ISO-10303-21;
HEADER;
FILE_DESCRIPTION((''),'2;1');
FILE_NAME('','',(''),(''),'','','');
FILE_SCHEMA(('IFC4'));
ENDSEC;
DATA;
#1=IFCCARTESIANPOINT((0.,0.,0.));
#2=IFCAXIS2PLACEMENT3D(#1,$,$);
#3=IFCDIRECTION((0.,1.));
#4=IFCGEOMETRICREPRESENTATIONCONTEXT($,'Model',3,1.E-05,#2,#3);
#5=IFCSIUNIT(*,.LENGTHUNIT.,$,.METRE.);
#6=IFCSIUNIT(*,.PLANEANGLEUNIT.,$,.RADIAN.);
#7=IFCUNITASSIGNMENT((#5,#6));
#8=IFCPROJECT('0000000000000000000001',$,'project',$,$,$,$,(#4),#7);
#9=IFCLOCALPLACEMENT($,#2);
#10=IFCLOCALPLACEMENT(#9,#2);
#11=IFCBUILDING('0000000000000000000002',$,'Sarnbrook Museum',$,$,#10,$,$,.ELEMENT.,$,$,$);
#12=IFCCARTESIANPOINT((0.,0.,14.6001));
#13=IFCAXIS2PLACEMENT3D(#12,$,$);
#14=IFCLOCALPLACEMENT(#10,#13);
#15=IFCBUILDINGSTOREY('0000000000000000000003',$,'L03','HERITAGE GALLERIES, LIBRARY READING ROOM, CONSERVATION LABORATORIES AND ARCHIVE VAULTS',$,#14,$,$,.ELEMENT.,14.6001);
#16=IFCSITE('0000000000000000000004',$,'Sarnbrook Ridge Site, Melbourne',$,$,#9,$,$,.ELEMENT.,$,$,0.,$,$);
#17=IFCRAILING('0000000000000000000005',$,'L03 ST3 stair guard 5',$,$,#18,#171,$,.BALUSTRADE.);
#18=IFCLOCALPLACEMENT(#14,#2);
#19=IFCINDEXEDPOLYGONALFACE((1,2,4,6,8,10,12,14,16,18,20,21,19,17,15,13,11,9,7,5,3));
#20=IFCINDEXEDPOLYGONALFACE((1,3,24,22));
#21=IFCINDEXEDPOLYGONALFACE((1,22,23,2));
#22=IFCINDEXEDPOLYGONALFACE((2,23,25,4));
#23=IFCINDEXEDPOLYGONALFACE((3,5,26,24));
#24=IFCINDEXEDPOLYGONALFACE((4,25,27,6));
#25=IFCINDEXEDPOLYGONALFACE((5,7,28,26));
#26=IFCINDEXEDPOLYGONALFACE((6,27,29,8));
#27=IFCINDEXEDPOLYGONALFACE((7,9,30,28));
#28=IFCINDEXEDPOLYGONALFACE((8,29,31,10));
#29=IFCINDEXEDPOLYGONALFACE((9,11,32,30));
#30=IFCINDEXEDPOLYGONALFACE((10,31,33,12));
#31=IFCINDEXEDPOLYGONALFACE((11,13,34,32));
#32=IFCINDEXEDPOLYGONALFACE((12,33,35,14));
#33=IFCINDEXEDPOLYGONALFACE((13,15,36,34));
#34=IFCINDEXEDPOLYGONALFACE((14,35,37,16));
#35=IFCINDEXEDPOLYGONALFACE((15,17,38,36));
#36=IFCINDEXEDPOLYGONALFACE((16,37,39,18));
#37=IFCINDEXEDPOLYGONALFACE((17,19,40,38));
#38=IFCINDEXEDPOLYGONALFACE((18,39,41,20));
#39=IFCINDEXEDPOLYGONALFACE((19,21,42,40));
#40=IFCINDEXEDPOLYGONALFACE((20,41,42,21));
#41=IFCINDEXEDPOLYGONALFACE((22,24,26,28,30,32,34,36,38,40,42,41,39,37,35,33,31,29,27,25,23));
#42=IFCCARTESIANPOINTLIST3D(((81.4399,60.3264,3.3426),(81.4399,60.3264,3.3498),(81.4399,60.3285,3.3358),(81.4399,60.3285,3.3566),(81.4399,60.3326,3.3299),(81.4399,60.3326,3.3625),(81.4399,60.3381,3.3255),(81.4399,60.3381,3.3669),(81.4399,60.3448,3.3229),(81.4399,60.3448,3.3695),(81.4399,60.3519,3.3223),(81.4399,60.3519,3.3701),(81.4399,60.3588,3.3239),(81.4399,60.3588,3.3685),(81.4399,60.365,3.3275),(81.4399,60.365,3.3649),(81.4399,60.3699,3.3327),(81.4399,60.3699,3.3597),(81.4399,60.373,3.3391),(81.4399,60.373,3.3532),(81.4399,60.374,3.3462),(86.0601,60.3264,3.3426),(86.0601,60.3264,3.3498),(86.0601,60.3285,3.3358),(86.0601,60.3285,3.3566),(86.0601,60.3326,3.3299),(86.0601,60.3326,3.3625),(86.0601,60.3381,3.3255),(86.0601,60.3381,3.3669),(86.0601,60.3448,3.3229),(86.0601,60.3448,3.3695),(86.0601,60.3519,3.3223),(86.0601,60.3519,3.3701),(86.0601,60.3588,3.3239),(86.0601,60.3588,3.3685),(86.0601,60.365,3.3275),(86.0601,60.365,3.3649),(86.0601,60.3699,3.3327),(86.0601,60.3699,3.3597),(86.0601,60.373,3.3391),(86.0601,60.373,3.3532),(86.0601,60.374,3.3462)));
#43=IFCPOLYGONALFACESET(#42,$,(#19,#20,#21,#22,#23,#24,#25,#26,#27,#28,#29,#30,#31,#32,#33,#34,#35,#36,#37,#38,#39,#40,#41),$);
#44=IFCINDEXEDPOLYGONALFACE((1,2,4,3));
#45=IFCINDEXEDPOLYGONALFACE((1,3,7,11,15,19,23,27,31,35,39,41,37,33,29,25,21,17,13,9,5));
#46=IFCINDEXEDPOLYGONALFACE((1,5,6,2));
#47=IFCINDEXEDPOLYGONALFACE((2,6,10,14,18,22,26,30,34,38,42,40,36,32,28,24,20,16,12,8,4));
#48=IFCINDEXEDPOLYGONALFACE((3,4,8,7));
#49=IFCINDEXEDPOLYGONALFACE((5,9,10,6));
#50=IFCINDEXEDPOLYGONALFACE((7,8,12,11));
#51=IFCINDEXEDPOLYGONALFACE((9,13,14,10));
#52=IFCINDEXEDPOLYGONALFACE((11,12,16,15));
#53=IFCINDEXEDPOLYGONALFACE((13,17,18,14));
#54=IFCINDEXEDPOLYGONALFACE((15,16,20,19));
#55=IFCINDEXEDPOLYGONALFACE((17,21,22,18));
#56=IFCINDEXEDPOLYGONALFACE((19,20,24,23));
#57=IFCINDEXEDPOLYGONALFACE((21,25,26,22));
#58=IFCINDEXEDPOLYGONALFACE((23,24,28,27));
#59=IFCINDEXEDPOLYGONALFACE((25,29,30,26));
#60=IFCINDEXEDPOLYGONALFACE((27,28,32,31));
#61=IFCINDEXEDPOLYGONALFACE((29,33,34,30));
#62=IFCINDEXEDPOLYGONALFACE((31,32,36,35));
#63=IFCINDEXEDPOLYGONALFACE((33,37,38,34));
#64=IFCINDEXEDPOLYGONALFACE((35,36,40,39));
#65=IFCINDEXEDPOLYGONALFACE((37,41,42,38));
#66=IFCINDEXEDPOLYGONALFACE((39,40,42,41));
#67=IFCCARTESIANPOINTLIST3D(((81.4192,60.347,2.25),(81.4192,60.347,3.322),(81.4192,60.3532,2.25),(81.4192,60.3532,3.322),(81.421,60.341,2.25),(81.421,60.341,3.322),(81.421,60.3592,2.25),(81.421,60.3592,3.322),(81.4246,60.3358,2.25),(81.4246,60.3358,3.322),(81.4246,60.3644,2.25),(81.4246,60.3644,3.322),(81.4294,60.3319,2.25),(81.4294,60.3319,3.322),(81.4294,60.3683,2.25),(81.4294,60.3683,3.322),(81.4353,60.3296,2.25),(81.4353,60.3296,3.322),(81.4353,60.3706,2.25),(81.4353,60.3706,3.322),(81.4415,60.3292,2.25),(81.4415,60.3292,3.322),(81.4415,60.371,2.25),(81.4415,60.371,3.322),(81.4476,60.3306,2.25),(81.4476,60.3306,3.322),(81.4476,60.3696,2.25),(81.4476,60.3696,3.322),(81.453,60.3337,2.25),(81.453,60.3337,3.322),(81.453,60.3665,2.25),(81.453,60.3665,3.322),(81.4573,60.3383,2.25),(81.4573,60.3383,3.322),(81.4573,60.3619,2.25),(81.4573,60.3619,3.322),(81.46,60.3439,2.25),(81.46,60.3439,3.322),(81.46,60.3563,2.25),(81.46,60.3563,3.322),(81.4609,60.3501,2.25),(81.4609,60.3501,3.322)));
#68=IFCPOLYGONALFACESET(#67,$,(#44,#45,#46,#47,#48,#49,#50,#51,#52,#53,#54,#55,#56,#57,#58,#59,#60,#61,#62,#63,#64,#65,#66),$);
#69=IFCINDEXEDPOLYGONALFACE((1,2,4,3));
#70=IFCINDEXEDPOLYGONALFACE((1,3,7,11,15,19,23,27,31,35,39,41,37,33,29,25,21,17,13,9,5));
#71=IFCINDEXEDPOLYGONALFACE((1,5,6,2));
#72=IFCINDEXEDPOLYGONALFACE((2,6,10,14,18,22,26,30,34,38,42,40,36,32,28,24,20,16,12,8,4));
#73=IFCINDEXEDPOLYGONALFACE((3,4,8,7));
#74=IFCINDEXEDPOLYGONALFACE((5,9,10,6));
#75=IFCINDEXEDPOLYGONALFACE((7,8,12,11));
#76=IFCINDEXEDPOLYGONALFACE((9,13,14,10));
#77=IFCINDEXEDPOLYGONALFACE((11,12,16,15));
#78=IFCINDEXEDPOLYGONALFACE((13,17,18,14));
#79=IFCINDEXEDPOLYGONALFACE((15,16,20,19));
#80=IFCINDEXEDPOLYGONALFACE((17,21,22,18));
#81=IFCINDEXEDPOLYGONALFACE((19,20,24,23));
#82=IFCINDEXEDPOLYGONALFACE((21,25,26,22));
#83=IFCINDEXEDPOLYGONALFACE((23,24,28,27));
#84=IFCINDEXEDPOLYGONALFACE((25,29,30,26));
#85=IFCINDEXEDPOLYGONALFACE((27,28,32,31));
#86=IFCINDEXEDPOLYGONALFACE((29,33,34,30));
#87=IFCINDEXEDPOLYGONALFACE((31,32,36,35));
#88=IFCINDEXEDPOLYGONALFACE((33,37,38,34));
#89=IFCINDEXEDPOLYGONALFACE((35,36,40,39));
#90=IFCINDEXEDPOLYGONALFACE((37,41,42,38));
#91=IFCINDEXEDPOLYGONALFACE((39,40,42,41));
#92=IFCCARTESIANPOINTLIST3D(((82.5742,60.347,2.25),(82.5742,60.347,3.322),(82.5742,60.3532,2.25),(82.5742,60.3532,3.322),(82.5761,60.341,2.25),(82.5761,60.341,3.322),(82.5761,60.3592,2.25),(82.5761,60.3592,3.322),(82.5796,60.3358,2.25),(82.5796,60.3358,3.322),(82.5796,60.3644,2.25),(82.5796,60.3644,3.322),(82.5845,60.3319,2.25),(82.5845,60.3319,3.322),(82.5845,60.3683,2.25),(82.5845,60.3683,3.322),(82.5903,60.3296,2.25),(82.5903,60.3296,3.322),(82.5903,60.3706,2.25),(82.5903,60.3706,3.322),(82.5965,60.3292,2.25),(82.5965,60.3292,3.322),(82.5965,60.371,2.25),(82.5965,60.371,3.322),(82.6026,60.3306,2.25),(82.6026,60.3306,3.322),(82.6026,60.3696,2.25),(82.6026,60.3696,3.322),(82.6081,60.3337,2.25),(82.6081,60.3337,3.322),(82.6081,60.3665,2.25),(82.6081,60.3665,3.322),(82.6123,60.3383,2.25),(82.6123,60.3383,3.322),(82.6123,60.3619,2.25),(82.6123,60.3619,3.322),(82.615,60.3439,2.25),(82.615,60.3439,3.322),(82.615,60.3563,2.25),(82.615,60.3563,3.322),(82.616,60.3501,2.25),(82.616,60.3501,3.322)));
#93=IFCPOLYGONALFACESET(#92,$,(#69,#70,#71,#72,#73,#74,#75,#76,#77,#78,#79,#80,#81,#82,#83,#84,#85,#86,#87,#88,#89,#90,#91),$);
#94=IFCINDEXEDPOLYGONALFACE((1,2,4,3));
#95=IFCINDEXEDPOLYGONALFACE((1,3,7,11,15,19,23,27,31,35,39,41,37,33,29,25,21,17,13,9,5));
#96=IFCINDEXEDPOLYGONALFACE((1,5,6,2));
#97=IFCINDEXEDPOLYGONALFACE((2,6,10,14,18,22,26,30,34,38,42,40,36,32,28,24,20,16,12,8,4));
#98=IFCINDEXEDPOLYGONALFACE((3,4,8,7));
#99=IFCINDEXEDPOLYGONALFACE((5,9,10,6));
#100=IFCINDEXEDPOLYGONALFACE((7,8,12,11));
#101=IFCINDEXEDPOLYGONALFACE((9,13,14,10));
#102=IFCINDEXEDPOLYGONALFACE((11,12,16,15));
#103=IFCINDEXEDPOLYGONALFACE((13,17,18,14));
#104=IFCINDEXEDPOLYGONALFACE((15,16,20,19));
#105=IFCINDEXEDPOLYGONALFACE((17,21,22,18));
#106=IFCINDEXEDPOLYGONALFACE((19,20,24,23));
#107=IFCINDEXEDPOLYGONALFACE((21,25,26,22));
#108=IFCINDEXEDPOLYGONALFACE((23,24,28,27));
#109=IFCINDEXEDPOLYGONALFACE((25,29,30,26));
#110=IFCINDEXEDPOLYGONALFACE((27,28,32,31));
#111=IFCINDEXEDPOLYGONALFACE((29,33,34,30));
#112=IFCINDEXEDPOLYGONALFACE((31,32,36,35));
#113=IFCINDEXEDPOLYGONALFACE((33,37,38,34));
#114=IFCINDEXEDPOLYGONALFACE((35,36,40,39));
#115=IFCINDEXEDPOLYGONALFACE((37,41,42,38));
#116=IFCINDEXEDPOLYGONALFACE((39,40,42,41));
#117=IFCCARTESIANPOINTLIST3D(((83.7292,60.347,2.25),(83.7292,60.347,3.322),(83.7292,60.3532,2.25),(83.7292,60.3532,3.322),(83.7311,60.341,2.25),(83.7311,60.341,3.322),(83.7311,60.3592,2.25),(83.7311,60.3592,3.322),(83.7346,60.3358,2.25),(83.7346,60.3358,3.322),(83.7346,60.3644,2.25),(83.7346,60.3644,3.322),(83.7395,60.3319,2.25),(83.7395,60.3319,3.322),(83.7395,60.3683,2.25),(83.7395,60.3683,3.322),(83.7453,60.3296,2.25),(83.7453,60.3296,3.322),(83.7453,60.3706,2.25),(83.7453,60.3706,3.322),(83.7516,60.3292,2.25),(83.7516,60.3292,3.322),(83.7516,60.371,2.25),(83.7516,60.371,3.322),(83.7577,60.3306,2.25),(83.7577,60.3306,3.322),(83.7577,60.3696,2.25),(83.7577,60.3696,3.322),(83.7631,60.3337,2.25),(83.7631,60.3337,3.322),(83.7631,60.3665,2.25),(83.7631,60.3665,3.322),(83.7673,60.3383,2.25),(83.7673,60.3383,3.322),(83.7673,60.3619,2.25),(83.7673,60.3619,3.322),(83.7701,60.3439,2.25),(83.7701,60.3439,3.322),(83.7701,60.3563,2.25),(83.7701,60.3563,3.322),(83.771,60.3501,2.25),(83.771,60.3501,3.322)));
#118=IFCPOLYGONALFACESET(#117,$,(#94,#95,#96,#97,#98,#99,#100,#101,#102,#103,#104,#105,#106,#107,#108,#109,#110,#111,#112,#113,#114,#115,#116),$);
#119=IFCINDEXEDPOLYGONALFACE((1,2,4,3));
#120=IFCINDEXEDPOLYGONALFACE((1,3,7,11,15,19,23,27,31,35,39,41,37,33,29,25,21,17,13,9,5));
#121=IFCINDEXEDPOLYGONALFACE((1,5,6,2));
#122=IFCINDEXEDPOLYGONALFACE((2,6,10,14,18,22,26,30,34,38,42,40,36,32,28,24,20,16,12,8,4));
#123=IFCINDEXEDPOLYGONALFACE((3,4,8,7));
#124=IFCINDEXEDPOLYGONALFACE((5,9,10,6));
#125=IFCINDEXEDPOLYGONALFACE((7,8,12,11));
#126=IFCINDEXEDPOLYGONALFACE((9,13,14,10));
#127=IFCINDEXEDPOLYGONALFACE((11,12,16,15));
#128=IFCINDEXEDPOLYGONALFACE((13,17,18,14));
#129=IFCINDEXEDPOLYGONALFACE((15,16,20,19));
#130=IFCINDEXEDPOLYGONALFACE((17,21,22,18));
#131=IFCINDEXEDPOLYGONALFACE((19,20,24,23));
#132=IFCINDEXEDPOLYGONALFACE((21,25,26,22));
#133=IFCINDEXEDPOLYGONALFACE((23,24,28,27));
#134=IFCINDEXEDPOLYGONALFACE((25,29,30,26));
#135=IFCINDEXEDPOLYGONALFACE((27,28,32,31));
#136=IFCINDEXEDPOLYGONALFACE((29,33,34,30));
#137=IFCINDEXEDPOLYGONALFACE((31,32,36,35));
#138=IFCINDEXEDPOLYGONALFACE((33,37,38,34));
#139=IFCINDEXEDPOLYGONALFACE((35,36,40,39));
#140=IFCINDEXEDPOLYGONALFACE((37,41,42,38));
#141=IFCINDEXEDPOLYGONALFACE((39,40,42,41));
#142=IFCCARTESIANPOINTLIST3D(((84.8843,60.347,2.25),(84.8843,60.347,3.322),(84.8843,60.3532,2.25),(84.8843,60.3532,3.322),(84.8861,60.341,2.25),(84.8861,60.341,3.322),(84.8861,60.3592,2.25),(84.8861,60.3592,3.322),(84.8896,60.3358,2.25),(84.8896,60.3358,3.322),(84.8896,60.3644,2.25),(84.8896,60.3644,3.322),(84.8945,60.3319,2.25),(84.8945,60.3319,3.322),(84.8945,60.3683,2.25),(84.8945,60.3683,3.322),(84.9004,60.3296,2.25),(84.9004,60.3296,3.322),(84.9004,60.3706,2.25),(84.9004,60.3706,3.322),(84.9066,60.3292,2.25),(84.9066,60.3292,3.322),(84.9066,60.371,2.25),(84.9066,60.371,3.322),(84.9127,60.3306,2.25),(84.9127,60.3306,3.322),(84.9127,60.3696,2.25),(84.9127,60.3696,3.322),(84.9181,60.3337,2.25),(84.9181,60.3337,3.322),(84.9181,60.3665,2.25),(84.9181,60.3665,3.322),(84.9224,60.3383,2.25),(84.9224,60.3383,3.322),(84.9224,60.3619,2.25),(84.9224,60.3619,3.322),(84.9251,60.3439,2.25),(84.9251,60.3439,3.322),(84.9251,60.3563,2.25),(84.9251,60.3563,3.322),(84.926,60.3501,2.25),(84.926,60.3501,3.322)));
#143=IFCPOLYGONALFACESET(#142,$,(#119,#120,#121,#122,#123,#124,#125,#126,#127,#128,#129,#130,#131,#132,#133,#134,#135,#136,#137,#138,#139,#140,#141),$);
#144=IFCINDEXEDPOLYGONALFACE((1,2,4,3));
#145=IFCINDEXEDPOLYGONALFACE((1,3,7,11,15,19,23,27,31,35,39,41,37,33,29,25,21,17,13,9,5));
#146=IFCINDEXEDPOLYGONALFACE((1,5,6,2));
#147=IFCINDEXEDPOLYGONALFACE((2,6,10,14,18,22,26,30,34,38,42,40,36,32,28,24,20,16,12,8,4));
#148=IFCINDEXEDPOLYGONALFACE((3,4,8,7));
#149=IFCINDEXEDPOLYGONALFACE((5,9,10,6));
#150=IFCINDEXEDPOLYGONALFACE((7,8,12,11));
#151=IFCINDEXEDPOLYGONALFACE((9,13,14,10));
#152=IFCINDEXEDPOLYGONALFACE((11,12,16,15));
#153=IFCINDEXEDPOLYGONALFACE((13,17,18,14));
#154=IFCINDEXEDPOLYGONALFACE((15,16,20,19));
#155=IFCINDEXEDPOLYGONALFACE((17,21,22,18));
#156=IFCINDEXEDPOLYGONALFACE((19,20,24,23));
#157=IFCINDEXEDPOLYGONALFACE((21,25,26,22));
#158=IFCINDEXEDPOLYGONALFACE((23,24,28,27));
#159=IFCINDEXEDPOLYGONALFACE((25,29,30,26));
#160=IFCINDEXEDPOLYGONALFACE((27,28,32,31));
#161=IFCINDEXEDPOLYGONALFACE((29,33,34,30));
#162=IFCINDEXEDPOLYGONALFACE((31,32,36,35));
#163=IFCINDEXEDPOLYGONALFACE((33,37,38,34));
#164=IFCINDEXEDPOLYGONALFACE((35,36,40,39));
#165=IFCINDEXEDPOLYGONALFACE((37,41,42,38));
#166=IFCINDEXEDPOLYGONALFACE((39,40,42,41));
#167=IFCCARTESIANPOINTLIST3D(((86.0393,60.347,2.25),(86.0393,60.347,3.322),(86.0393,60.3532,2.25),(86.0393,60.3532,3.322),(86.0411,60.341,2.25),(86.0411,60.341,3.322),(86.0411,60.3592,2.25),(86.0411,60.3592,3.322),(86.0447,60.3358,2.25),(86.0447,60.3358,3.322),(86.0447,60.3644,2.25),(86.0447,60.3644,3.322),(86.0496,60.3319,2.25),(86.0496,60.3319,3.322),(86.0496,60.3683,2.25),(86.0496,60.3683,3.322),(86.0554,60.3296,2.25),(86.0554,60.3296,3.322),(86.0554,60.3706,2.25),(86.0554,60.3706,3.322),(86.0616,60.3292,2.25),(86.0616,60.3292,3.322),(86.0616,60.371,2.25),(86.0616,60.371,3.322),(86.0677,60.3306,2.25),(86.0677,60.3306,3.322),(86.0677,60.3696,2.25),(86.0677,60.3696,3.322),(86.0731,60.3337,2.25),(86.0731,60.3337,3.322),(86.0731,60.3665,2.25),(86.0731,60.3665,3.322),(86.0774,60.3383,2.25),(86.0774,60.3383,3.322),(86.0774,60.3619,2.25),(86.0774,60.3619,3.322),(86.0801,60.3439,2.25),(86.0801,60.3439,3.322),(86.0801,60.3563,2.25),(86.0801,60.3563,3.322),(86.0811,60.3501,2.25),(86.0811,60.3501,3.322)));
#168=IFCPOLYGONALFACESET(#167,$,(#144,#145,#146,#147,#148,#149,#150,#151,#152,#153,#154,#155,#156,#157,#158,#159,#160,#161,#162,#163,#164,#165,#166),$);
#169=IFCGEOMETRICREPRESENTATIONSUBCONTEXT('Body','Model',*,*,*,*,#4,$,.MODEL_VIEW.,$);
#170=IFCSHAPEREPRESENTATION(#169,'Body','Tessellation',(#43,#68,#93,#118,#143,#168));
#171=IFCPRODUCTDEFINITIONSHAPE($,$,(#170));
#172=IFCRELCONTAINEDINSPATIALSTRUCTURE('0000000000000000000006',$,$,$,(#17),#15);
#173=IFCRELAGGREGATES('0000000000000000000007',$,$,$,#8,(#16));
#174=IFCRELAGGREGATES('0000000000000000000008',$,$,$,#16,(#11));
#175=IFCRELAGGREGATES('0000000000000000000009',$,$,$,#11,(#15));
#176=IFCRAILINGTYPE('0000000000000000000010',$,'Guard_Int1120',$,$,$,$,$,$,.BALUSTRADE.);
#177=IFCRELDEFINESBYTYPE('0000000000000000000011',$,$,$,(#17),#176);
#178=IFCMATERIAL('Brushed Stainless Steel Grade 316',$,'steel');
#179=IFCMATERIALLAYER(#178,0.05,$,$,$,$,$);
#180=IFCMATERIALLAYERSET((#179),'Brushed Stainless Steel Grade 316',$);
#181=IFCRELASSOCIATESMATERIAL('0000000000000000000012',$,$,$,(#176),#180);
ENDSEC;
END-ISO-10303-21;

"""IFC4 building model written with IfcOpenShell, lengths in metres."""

from ifc_helpers import new_model, si_unit, direction, frame, origin, origin_2d, place, context, subcontext, project, spatial, circle, extrude, material, layer, layer_set, type_object, element, save


model = new_model("IFC4")

# Units and contexts
model_context = context("Model", 3, precision=1e-05, world=origin(), true_north=direction((0.0, 1.0)))
body_context = subcontext(model_context, "Body", "Model", "MODEL_VIEW")
ifc_project = project(units=[si_unit("LENGTHUNIT", "METRE"), si_unit("PLANEANGLEUNIT", "RADIAN")], contexts=[model_context])

# Site, building, storey
site_placement = place(None, origin())
site = spatial("IfcSite", under=ifc_project, at=site_placement, Name="Sarnbrook Ridge Site, Melbourne", CompositionType="ELEMENT", RefElevation=0.0)
building_placement = place(site_placement, origin())
building = spatial("IfcBuilding", under=site, at=building_placement, Name="Sarnbrook Museum", CompositionType="ELEMENT")
storey_placement = place(building_placement, frame((0.0, 0.0, 14.6001)))
storey = spatial("IfcBuildingStorey", under=building, at=storey_placement, Name="L03", Description="HERITAGE GALLERIES, LIBRARY READING ROOM, CONSERVATION LABORATORIES AND ARCHIVE VAULTS", CompositionType="ELEMENT", Elevation=14.6001)

# Shared definitions
ifc_material_1 = material(Name="Brushed Stainless Steel Grade 316", Category="steel")

# Railing
ifc_layer_1 = layer(ifc_material_1, 0.05)
ifc_layer_set_1 = layer_set([ifc_layer_1], Name="Brushed Stainless Steel Grade 316")
railing_type = type_object("IfcRailingType", Name="Guard_Int1120", PredefinedType="BALUSTRADE", material=ifc_layer_set_1)
railing_1_placement = place(storey_placement, frame((81.4399, 60.3501, 2.25)))
element("IfcRailing", 1, at=railing_1_placement, inside=storey, type_object=railing_type, Name="L03 ST3 stair guard 5", PredefinedType="BALUSTRADE", context=body_context, shape_type="SweptSolid", body=[
    extrude(circle(Radius=0.0239, at=origin_2d()), frame((0.0, 0.0, 1.0962), z_axis=(1.0, 0.0, 0.0), x_axis=(0.0, 1.0, 0.0)), (0.0, 0.0, 1.0), 4.6201),
    extrude(circle(Radius=0.021, at=origin_2d()), origin(), (0.0, 0.0, 1.0), 1.072),
    extrude(circle(Radius=0.021, at=origin_2d()), frame((1.155, 0.0, 0.0)), (0.0, 0.0, 1.0), 1.072),
    extrude(circle(Radius=0.021, at=origin_2d()), frame((2.3101, 0.0, 0.0)), (0.0, 0.0, 1.0), 1.072),
    extrude(circle(Radius=0.021, at=origin_2d()), frame((3.4651, 0.0, 0.0)), (0.0, 0.0, 1.0), 1.072),
    extrude(circle(Radius=0.021, at=origin_2d()), frame((4.6201, 0.0, 0.0)), (0.0, 0.0, 1.0), 1.072),
])

save(model, "model.ifc")
